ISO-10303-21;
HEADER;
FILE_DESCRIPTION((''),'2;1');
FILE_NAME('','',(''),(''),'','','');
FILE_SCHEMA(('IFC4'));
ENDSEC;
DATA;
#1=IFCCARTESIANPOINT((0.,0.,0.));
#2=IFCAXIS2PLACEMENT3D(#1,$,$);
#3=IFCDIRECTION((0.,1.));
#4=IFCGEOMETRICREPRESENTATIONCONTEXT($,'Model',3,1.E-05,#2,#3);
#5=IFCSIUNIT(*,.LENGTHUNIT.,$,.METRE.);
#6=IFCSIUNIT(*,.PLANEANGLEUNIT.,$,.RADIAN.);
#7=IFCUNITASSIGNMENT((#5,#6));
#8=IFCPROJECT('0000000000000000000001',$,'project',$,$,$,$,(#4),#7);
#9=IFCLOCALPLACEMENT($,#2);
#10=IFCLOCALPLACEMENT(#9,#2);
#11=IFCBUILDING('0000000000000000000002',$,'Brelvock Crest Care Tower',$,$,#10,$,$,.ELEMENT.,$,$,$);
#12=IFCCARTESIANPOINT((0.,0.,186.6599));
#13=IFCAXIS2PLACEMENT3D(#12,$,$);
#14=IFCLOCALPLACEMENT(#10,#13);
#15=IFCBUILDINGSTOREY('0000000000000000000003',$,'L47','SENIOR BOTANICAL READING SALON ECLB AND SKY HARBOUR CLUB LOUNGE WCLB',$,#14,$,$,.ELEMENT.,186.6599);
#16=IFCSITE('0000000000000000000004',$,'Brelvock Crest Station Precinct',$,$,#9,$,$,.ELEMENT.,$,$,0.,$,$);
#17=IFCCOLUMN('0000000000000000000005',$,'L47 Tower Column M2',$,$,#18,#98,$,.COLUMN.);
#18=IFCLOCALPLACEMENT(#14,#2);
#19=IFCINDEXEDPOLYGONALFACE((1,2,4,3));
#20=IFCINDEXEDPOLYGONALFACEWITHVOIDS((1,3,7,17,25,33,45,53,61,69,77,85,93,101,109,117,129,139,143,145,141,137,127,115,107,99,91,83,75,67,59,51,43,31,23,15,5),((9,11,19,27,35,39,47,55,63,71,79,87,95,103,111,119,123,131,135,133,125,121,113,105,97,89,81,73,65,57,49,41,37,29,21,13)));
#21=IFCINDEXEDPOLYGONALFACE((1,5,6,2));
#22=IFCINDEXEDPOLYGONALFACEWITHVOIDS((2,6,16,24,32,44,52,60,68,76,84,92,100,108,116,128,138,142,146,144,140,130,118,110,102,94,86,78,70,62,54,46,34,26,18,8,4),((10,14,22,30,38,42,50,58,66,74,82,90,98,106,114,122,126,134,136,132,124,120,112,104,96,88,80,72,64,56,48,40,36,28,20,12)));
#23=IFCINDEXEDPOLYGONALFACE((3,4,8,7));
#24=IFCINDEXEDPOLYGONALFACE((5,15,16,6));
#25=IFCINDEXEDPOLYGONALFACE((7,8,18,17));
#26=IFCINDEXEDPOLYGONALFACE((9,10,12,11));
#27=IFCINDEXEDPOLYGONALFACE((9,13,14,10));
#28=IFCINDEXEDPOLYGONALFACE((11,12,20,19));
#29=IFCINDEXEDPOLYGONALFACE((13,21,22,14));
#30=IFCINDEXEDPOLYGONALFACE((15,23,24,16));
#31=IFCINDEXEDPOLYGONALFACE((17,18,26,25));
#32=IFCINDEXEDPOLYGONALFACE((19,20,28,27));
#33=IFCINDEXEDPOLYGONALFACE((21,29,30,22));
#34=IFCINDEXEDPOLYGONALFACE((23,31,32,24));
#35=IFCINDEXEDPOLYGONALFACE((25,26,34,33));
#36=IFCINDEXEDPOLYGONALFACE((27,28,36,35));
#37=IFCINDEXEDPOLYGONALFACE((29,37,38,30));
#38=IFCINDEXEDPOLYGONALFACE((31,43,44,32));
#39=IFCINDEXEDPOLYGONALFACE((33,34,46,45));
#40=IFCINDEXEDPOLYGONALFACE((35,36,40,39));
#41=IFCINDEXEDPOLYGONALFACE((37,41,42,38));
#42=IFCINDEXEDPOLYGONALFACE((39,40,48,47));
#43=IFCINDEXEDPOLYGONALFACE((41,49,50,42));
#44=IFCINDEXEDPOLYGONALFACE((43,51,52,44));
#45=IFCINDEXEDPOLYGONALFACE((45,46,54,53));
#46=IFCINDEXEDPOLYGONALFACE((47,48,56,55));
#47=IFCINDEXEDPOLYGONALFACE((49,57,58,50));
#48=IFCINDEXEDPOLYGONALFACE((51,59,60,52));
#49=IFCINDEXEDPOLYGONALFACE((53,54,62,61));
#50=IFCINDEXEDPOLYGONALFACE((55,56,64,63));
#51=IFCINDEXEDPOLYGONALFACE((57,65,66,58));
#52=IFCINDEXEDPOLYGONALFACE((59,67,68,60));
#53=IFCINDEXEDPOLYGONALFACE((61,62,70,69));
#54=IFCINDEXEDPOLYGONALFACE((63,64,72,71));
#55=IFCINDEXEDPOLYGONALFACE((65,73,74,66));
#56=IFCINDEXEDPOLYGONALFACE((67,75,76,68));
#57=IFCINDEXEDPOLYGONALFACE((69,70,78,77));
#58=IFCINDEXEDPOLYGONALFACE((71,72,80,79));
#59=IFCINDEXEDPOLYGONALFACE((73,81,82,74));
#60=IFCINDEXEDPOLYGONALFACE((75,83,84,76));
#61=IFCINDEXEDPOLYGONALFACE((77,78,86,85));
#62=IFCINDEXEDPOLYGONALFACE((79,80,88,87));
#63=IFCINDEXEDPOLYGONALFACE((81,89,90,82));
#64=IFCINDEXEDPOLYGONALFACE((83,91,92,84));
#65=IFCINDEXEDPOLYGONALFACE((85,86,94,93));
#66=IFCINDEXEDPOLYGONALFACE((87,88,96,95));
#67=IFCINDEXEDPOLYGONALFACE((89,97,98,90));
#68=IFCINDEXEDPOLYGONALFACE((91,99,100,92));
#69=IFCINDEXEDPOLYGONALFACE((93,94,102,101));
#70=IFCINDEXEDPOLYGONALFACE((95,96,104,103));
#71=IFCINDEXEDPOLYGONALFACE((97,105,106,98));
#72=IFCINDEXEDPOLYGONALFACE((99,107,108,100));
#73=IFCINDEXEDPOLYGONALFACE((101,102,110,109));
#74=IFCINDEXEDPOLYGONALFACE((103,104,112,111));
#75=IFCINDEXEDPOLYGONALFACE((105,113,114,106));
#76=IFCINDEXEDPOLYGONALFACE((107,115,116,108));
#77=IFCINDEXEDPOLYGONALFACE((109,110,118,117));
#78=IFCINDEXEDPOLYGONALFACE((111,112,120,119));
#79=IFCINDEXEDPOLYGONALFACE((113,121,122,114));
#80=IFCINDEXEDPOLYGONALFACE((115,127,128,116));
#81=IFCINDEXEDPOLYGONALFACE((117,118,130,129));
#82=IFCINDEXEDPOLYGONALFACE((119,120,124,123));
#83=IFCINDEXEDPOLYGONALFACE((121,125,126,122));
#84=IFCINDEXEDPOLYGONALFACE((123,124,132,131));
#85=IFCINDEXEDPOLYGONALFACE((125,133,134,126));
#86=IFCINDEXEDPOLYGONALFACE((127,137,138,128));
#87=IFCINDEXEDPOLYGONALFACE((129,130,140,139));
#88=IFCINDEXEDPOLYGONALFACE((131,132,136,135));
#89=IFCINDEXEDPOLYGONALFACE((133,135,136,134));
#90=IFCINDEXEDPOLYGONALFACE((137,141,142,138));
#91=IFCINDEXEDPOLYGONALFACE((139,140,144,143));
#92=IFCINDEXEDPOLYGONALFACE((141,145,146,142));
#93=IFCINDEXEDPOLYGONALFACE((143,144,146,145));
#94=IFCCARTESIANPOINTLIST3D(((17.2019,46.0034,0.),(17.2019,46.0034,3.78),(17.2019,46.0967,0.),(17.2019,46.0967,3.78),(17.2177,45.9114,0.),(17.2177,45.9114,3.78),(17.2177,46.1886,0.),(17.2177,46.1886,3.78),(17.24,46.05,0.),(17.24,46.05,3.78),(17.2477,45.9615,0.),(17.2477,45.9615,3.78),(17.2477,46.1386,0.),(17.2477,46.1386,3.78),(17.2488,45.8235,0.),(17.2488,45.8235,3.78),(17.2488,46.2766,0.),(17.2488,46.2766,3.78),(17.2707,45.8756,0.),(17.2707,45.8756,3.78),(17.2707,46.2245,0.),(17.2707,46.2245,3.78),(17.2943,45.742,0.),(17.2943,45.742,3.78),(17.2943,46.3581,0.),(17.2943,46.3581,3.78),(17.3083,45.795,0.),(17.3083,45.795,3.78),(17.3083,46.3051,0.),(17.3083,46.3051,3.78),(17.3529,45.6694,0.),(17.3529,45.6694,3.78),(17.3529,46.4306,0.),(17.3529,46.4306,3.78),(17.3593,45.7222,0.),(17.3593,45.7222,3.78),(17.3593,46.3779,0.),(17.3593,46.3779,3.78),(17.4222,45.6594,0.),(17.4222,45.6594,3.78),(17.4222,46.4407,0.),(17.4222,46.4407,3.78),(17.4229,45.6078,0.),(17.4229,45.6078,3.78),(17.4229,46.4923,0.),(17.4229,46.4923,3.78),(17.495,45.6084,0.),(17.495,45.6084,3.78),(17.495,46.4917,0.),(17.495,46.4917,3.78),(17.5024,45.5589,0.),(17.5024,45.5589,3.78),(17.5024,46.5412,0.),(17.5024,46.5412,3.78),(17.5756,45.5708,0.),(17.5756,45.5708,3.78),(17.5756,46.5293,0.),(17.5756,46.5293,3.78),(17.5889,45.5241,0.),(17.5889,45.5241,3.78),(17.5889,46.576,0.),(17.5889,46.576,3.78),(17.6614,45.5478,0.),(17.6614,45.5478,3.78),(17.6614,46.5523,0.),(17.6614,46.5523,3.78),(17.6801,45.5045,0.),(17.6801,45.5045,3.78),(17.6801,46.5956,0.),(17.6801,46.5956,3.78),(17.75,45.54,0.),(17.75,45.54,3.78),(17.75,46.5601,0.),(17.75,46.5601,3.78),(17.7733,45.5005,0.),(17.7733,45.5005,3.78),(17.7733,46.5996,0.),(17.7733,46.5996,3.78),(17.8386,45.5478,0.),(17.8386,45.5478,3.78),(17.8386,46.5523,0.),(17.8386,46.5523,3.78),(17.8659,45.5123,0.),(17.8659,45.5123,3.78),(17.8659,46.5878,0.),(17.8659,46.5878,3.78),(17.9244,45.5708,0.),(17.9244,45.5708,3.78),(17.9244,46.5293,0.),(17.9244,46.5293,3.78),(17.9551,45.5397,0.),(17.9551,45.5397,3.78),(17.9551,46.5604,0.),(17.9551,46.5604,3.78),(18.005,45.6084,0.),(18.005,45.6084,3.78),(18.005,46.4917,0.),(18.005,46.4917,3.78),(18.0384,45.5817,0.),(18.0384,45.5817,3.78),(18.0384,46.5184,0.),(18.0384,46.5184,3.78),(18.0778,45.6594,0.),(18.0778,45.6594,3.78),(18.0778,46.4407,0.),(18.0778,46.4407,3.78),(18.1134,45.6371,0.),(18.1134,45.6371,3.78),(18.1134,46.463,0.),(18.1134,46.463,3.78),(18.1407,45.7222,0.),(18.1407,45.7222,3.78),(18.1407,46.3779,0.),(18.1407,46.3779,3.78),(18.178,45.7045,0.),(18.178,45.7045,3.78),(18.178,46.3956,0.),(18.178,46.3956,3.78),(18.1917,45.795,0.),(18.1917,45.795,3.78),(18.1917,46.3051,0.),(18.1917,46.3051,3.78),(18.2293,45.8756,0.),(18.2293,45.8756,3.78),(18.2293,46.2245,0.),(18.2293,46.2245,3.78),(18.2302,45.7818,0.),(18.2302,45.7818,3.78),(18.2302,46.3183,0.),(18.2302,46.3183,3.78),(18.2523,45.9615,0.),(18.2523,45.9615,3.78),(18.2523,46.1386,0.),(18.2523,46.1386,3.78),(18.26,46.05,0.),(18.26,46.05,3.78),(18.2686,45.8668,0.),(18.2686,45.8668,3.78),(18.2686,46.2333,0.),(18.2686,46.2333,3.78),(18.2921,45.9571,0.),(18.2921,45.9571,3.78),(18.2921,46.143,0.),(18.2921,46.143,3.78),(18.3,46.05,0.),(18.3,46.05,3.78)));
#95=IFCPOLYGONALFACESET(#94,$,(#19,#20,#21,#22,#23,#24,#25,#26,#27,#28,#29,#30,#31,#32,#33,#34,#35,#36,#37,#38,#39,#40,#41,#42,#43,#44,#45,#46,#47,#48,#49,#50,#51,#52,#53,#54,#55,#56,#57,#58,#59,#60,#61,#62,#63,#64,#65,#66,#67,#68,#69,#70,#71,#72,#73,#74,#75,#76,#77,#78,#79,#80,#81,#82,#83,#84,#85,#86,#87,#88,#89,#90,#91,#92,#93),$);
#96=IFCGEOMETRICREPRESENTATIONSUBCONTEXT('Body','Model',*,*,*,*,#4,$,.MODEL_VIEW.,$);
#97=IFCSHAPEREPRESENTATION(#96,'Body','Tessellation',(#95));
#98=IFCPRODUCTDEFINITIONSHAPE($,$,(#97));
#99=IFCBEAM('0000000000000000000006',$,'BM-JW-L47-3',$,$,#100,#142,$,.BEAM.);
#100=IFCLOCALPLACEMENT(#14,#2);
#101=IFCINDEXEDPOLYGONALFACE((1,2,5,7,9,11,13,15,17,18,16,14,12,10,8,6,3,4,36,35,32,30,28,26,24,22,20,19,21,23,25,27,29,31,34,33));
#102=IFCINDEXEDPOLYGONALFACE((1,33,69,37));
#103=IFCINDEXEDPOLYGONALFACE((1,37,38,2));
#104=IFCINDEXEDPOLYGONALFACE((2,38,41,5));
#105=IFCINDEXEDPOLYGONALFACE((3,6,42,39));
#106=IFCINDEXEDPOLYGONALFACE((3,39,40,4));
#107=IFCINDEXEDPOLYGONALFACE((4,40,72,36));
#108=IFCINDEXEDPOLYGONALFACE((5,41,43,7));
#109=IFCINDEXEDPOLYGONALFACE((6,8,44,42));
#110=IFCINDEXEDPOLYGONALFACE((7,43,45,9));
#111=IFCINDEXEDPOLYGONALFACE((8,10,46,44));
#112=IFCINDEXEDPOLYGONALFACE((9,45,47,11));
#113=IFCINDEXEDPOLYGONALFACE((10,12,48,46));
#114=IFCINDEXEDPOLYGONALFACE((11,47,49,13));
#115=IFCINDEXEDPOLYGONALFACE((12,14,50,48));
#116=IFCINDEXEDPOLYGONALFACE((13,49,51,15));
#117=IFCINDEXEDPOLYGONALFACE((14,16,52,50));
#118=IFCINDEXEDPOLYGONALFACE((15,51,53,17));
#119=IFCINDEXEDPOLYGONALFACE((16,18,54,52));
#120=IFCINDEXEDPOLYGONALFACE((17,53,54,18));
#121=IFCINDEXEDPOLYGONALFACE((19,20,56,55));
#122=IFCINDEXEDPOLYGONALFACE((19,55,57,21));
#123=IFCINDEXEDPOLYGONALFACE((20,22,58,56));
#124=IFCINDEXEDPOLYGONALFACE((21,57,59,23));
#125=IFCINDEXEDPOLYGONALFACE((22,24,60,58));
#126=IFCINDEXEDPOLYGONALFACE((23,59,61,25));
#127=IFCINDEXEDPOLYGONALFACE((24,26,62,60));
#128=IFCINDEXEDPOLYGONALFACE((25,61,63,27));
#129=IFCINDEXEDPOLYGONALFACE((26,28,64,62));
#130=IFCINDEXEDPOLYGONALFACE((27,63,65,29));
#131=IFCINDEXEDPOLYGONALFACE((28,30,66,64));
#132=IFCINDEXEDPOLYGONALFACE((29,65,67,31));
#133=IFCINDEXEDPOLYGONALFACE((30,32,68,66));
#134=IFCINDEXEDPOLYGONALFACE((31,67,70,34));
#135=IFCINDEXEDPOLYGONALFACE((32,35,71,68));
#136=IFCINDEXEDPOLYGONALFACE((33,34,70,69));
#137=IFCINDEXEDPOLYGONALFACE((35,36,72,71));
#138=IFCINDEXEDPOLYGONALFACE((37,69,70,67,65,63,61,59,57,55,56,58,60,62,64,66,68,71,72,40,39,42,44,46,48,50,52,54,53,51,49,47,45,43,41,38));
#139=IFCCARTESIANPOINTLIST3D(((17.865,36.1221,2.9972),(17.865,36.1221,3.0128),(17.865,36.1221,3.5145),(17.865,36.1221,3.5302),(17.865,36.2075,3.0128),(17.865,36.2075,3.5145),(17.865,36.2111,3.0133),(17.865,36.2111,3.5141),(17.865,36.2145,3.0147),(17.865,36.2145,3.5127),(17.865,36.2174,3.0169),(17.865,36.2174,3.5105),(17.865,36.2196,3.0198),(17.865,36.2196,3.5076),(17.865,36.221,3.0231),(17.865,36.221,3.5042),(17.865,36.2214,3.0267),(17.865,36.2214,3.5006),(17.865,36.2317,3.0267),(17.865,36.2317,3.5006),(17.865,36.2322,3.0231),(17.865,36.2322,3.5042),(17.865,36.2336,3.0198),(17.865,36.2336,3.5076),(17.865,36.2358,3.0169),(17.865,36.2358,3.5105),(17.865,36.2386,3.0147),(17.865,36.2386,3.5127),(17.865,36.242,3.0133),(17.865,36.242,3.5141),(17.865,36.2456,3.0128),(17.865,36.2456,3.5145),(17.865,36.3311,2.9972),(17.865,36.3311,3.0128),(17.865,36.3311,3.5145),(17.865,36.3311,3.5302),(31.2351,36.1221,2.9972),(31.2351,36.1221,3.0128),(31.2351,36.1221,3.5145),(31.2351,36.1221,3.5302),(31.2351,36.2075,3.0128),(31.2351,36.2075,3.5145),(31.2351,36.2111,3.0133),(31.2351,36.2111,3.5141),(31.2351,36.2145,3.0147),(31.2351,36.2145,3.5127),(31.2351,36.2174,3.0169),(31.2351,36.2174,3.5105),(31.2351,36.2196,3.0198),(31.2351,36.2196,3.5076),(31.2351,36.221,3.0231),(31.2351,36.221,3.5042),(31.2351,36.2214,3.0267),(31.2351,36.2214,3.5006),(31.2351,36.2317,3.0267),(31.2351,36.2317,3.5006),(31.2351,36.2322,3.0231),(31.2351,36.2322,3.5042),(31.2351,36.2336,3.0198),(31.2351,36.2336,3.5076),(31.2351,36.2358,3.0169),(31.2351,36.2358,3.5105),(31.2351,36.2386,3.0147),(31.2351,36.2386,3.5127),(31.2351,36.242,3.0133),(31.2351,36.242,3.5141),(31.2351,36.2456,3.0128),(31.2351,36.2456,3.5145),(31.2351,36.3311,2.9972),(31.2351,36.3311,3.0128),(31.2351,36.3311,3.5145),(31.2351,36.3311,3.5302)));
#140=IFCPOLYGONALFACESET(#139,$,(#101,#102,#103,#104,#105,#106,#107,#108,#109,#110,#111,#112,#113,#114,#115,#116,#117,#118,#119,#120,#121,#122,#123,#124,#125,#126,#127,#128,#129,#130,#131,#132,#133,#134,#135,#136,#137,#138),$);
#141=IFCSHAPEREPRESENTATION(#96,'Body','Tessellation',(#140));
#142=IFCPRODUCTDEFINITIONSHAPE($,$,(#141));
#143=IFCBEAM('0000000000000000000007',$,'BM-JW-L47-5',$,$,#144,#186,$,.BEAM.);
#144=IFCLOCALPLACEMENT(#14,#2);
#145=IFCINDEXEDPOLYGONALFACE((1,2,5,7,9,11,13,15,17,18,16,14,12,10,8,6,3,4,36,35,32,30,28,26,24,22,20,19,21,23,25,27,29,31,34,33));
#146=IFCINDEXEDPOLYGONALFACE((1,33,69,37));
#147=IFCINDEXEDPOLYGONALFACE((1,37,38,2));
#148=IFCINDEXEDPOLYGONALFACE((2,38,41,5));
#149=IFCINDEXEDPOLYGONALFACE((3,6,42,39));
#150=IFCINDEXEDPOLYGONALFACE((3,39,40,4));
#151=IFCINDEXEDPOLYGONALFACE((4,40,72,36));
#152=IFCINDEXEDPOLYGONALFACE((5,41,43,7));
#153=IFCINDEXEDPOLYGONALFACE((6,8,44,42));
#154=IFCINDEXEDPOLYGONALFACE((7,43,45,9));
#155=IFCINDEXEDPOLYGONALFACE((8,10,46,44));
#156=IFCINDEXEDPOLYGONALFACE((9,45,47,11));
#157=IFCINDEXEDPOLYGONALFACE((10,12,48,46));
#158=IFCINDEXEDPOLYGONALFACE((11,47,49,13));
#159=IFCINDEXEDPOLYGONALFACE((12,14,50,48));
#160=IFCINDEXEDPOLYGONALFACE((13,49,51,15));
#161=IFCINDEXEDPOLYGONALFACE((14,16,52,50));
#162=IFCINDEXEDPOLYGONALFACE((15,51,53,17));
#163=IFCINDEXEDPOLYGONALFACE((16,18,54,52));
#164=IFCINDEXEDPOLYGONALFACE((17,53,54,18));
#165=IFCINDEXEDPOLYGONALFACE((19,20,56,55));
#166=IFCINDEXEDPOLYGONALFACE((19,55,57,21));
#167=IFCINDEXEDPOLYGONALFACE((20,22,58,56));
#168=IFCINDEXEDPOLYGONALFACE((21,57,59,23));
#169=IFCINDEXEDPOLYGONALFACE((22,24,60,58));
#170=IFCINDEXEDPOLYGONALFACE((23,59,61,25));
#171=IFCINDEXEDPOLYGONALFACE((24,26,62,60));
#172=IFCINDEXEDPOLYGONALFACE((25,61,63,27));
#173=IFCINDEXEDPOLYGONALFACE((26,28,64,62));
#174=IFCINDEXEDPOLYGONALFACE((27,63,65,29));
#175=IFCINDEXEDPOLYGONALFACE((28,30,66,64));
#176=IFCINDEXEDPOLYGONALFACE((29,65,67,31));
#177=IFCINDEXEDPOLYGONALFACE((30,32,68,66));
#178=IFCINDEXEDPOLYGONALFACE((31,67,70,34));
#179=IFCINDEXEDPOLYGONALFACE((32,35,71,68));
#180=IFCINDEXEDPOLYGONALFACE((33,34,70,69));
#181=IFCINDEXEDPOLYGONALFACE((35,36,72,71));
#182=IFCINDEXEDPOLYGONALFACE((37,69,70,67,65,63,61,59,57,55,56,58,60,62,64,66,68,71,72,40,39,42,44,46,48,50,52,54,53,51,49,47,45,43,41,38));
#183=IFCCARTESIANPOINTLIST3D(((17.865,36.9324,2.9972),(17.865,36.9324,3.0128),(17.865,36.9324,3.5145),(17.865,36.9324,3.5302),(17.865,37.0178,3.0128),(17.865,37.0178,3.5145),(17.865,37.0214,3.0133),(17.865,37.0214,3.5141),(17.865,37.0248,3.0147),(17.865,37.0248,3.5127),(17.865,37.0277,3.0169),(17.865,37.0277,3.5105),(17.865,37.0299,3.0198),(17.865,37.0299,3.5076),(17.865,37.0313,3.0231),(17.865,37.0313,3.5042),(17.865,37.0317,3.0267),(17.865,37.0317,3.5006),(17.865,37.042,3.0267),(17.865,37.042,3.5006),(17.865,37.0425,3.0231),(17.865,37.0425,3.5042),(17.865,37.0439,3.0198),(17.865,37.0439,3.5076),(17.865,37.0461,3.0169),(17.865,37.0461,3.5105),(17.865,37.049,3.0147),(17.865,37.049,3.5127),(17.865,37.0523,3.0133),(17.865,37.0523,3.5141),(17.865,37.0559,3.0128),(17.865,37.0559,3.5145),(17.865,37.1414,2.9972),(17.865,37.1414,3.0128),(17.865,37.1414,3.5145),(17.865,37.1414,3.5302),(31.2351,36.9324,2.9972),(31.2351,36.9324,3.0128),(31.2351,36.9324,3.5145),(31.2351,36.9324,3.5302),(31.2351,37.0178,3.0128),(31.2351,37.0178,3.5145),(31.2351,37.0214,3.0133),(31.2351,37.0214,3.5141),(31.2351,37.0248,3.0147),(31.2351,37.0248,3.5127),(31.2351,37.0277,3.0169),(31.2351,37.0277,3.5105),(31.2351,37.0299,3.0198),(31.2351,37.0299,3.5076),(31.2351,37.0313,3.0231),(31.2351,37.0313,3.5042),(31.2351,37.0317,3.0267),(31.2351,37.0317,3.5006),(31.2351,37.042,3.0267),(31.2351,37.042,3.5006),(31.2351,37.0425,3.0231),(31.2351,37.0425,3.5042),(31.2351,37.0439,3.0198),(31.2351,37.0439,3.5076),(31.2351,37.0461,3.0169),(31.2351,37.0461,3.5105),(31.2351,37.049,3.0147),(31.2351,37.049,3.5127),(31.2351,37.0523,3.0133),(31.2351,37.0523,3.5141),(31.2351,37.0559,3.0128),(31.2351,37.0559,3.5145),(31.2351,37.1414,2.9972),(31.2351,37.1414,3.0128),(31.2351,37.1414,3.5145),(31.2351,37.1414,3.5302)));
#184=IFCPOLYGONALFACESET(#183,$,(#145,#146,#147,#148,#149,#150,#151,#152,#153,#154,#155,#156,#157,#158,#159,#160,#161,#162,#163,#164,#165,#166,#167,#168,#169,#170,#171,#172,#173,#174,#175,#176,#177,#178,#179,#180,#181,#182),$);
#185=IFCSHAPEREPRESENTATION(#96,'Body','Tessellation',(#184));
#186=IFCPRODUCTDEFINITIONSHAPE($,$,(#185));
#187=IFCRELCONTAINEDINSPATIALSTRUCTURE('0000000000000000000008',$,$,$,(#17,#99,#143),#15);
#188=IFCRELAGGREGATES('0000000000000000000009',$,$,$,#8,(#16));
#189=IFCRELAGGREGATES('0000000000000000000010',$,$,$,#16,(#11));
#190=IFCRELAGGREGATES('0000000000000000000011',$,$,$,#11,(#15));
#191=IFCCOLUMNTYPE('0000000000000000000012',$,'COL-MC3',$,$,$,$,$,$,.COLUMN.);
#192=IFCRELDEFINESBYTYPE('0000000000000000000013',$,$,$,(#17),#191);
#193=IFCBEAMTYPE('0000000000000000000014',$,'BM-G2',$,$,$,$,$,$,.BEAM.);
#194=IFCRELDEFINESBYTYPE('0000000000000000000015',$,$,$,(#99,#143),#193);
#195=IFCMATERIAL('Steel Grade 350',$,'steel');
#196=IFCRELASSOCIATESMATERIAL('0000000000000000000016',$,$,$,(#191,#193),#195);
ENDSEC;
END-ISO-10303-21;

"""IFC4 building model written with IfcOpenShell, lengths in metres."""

from ifc_helpers import new_model, si_unit, direction, frame, origin, origin_2d, place, context, subcontext, project, spatial, hollow_circle, i_section, extrude, source, transform, mapped, material, material_profile, profile_set, type_object, element, save


model = new_model("IFC4")

# Units and contexts
model_context = context("Model", 3, precision=1e-05, world=origin(), true_north=direction((0.0, 1.0)))
body_context = subcontext(model_context, "Body", "Model", "MODEL_VIEW")
ifc_project = project(units=[si_unit("LENGTHUNIT", "METRE"), si_unit("PLANEANGLEUNIT", "RADIAN")], contexts=[model_context])

# Site, building, storey
site_placement = place(None, origin())
site = spatial("IfcSite", under=ifc_project, at=site_placement, Name="Brelvock Crest Station Precinct", CompositionType="ELEMENT", RefElevation=0.0)
building_placement = place(site_placement, origin())
building = spatial("IfcBuilding", under=site, at=building_placement, Name="Brelvock Crest Care Tower", CompositionType="ELEMENT")
storey_placement = place(building_placement, frame((0.0, 0.0, 186.6599)))
storey = spatial("IfcBuildingStorey", under=building, at=storey_placement, Name="L47", Description="SENIOR BOTANICAL READING SALON ECLB AND SKY HARBOUR CLUB LOUNGE WCLB", CompositionType="ELEMENT", Elevation=186.6599)

# Column
ifc_material_1 = material(Name="Steel Grade 350", Category="steel")
ifc_material_profile_1 = material_profile(ifc_material_1, hollow_circle(Radius=0.55, WallThickness=0.04, at=origin_2d()), Name="CFT1100x40")
ifc_profile_set_1 = profile_set([ifc_material_profile_1], Name="Steel Grade 350")
column_type = type_object("IfcColumnType", Name="COL-MC3", PredefinedType="COLUMN", material=ifc_profile_set_1)
shared_shape_1 = source(origin(), body_context, "Body", "SweptSolid", [
    extrude(hollow_circle(Radius=0.55, WallThickness=0.04, at=origin_2d()), origin(), (0.0, 0.0, 1.0), 3.78),
])
column_placement = place(storey_placement, frame((17.75, 46.05, 0.0), z_axis=(0.0, 0.0, 1.0), x_axis=(1.0, 0.0, 0.0)))
element("IfcColumn", 1, at=column_placement, inside=storey, type_object=column_type, Name="L47 Tower Column M2", PredefinedType="COLUMN", context=body_context, shape_type="MappedRepresentation", body=[
    mapped(shared_shape_1, transform((0.0, 0.0, 0.0), x_axis=(1.0, 0.0, 0.0), y_axis=(0.0, 1.0, 0.0), z_axis=(0.0, 0.0, 1.0), scale=1.0)),
])

# Beams
ifc_material_profile_2 = material_profile(ifc_material_1, i_section(OverallWidth=0.209, OverallDepth=0.533, WebThickness=0.0103, FlangeThickness=0.0156, FilletRadius=0.0139, at=origin_2d()), Name="530UB92.4")
ifc_profile_set_2 = profile_set([ifc_material_profile_2], Name="Steel Grade 350")
beam_type_1 = type_object("IfcBeamType", Name="BM-G2", PredefinedType="BEAM", material=ifc_profile_set_2)
shared_shape_2 = source(origin(), body_context, "Body", "SweptSolid", [
    extrude(i_section(OverallWidth=0.209, OverallDepth=0.533, WebThickness=0.0103, FlangeThickness=0.0156, FilletRadius=0.0139, at=origin_2d()), origin(), (0.0, 0.0, 1.0), 13.3701),
])
for number, where, z_axis, x_axis, name in (
    (2, (17.865, 36.2266, 3.2637), (1.0, 0.0, 0.0), (0.0, 1.0, 0.0), "BM-JW-L47-3"),
    (3, (17.865, 37.0369, 3.2637), (1.0, 0.0, 0.0), (0.0, 1.0, 0.0), "BM-JW-L47-5"),
):
    element("IfcBeam", number, at=place(storey_placement, frame(where, z_axis=z_axis, x_axis=x_axis)), inside=storey, type_object=beam_type_1, Name=name, PredefinedType="BEAM", context=body_context, shape_type="MappedRepresentation", body=[
        mapped(shared_shape_2, transform((0.0, 0.0, 0.0), x_axis=(1.0, 0.0, 0.0), y_axis=(0.0, 1.0, 0.0), z_axis=(0.0, 0.0, 1.0), scale=1.0)),
    ])

save(model, "model.ifc")
